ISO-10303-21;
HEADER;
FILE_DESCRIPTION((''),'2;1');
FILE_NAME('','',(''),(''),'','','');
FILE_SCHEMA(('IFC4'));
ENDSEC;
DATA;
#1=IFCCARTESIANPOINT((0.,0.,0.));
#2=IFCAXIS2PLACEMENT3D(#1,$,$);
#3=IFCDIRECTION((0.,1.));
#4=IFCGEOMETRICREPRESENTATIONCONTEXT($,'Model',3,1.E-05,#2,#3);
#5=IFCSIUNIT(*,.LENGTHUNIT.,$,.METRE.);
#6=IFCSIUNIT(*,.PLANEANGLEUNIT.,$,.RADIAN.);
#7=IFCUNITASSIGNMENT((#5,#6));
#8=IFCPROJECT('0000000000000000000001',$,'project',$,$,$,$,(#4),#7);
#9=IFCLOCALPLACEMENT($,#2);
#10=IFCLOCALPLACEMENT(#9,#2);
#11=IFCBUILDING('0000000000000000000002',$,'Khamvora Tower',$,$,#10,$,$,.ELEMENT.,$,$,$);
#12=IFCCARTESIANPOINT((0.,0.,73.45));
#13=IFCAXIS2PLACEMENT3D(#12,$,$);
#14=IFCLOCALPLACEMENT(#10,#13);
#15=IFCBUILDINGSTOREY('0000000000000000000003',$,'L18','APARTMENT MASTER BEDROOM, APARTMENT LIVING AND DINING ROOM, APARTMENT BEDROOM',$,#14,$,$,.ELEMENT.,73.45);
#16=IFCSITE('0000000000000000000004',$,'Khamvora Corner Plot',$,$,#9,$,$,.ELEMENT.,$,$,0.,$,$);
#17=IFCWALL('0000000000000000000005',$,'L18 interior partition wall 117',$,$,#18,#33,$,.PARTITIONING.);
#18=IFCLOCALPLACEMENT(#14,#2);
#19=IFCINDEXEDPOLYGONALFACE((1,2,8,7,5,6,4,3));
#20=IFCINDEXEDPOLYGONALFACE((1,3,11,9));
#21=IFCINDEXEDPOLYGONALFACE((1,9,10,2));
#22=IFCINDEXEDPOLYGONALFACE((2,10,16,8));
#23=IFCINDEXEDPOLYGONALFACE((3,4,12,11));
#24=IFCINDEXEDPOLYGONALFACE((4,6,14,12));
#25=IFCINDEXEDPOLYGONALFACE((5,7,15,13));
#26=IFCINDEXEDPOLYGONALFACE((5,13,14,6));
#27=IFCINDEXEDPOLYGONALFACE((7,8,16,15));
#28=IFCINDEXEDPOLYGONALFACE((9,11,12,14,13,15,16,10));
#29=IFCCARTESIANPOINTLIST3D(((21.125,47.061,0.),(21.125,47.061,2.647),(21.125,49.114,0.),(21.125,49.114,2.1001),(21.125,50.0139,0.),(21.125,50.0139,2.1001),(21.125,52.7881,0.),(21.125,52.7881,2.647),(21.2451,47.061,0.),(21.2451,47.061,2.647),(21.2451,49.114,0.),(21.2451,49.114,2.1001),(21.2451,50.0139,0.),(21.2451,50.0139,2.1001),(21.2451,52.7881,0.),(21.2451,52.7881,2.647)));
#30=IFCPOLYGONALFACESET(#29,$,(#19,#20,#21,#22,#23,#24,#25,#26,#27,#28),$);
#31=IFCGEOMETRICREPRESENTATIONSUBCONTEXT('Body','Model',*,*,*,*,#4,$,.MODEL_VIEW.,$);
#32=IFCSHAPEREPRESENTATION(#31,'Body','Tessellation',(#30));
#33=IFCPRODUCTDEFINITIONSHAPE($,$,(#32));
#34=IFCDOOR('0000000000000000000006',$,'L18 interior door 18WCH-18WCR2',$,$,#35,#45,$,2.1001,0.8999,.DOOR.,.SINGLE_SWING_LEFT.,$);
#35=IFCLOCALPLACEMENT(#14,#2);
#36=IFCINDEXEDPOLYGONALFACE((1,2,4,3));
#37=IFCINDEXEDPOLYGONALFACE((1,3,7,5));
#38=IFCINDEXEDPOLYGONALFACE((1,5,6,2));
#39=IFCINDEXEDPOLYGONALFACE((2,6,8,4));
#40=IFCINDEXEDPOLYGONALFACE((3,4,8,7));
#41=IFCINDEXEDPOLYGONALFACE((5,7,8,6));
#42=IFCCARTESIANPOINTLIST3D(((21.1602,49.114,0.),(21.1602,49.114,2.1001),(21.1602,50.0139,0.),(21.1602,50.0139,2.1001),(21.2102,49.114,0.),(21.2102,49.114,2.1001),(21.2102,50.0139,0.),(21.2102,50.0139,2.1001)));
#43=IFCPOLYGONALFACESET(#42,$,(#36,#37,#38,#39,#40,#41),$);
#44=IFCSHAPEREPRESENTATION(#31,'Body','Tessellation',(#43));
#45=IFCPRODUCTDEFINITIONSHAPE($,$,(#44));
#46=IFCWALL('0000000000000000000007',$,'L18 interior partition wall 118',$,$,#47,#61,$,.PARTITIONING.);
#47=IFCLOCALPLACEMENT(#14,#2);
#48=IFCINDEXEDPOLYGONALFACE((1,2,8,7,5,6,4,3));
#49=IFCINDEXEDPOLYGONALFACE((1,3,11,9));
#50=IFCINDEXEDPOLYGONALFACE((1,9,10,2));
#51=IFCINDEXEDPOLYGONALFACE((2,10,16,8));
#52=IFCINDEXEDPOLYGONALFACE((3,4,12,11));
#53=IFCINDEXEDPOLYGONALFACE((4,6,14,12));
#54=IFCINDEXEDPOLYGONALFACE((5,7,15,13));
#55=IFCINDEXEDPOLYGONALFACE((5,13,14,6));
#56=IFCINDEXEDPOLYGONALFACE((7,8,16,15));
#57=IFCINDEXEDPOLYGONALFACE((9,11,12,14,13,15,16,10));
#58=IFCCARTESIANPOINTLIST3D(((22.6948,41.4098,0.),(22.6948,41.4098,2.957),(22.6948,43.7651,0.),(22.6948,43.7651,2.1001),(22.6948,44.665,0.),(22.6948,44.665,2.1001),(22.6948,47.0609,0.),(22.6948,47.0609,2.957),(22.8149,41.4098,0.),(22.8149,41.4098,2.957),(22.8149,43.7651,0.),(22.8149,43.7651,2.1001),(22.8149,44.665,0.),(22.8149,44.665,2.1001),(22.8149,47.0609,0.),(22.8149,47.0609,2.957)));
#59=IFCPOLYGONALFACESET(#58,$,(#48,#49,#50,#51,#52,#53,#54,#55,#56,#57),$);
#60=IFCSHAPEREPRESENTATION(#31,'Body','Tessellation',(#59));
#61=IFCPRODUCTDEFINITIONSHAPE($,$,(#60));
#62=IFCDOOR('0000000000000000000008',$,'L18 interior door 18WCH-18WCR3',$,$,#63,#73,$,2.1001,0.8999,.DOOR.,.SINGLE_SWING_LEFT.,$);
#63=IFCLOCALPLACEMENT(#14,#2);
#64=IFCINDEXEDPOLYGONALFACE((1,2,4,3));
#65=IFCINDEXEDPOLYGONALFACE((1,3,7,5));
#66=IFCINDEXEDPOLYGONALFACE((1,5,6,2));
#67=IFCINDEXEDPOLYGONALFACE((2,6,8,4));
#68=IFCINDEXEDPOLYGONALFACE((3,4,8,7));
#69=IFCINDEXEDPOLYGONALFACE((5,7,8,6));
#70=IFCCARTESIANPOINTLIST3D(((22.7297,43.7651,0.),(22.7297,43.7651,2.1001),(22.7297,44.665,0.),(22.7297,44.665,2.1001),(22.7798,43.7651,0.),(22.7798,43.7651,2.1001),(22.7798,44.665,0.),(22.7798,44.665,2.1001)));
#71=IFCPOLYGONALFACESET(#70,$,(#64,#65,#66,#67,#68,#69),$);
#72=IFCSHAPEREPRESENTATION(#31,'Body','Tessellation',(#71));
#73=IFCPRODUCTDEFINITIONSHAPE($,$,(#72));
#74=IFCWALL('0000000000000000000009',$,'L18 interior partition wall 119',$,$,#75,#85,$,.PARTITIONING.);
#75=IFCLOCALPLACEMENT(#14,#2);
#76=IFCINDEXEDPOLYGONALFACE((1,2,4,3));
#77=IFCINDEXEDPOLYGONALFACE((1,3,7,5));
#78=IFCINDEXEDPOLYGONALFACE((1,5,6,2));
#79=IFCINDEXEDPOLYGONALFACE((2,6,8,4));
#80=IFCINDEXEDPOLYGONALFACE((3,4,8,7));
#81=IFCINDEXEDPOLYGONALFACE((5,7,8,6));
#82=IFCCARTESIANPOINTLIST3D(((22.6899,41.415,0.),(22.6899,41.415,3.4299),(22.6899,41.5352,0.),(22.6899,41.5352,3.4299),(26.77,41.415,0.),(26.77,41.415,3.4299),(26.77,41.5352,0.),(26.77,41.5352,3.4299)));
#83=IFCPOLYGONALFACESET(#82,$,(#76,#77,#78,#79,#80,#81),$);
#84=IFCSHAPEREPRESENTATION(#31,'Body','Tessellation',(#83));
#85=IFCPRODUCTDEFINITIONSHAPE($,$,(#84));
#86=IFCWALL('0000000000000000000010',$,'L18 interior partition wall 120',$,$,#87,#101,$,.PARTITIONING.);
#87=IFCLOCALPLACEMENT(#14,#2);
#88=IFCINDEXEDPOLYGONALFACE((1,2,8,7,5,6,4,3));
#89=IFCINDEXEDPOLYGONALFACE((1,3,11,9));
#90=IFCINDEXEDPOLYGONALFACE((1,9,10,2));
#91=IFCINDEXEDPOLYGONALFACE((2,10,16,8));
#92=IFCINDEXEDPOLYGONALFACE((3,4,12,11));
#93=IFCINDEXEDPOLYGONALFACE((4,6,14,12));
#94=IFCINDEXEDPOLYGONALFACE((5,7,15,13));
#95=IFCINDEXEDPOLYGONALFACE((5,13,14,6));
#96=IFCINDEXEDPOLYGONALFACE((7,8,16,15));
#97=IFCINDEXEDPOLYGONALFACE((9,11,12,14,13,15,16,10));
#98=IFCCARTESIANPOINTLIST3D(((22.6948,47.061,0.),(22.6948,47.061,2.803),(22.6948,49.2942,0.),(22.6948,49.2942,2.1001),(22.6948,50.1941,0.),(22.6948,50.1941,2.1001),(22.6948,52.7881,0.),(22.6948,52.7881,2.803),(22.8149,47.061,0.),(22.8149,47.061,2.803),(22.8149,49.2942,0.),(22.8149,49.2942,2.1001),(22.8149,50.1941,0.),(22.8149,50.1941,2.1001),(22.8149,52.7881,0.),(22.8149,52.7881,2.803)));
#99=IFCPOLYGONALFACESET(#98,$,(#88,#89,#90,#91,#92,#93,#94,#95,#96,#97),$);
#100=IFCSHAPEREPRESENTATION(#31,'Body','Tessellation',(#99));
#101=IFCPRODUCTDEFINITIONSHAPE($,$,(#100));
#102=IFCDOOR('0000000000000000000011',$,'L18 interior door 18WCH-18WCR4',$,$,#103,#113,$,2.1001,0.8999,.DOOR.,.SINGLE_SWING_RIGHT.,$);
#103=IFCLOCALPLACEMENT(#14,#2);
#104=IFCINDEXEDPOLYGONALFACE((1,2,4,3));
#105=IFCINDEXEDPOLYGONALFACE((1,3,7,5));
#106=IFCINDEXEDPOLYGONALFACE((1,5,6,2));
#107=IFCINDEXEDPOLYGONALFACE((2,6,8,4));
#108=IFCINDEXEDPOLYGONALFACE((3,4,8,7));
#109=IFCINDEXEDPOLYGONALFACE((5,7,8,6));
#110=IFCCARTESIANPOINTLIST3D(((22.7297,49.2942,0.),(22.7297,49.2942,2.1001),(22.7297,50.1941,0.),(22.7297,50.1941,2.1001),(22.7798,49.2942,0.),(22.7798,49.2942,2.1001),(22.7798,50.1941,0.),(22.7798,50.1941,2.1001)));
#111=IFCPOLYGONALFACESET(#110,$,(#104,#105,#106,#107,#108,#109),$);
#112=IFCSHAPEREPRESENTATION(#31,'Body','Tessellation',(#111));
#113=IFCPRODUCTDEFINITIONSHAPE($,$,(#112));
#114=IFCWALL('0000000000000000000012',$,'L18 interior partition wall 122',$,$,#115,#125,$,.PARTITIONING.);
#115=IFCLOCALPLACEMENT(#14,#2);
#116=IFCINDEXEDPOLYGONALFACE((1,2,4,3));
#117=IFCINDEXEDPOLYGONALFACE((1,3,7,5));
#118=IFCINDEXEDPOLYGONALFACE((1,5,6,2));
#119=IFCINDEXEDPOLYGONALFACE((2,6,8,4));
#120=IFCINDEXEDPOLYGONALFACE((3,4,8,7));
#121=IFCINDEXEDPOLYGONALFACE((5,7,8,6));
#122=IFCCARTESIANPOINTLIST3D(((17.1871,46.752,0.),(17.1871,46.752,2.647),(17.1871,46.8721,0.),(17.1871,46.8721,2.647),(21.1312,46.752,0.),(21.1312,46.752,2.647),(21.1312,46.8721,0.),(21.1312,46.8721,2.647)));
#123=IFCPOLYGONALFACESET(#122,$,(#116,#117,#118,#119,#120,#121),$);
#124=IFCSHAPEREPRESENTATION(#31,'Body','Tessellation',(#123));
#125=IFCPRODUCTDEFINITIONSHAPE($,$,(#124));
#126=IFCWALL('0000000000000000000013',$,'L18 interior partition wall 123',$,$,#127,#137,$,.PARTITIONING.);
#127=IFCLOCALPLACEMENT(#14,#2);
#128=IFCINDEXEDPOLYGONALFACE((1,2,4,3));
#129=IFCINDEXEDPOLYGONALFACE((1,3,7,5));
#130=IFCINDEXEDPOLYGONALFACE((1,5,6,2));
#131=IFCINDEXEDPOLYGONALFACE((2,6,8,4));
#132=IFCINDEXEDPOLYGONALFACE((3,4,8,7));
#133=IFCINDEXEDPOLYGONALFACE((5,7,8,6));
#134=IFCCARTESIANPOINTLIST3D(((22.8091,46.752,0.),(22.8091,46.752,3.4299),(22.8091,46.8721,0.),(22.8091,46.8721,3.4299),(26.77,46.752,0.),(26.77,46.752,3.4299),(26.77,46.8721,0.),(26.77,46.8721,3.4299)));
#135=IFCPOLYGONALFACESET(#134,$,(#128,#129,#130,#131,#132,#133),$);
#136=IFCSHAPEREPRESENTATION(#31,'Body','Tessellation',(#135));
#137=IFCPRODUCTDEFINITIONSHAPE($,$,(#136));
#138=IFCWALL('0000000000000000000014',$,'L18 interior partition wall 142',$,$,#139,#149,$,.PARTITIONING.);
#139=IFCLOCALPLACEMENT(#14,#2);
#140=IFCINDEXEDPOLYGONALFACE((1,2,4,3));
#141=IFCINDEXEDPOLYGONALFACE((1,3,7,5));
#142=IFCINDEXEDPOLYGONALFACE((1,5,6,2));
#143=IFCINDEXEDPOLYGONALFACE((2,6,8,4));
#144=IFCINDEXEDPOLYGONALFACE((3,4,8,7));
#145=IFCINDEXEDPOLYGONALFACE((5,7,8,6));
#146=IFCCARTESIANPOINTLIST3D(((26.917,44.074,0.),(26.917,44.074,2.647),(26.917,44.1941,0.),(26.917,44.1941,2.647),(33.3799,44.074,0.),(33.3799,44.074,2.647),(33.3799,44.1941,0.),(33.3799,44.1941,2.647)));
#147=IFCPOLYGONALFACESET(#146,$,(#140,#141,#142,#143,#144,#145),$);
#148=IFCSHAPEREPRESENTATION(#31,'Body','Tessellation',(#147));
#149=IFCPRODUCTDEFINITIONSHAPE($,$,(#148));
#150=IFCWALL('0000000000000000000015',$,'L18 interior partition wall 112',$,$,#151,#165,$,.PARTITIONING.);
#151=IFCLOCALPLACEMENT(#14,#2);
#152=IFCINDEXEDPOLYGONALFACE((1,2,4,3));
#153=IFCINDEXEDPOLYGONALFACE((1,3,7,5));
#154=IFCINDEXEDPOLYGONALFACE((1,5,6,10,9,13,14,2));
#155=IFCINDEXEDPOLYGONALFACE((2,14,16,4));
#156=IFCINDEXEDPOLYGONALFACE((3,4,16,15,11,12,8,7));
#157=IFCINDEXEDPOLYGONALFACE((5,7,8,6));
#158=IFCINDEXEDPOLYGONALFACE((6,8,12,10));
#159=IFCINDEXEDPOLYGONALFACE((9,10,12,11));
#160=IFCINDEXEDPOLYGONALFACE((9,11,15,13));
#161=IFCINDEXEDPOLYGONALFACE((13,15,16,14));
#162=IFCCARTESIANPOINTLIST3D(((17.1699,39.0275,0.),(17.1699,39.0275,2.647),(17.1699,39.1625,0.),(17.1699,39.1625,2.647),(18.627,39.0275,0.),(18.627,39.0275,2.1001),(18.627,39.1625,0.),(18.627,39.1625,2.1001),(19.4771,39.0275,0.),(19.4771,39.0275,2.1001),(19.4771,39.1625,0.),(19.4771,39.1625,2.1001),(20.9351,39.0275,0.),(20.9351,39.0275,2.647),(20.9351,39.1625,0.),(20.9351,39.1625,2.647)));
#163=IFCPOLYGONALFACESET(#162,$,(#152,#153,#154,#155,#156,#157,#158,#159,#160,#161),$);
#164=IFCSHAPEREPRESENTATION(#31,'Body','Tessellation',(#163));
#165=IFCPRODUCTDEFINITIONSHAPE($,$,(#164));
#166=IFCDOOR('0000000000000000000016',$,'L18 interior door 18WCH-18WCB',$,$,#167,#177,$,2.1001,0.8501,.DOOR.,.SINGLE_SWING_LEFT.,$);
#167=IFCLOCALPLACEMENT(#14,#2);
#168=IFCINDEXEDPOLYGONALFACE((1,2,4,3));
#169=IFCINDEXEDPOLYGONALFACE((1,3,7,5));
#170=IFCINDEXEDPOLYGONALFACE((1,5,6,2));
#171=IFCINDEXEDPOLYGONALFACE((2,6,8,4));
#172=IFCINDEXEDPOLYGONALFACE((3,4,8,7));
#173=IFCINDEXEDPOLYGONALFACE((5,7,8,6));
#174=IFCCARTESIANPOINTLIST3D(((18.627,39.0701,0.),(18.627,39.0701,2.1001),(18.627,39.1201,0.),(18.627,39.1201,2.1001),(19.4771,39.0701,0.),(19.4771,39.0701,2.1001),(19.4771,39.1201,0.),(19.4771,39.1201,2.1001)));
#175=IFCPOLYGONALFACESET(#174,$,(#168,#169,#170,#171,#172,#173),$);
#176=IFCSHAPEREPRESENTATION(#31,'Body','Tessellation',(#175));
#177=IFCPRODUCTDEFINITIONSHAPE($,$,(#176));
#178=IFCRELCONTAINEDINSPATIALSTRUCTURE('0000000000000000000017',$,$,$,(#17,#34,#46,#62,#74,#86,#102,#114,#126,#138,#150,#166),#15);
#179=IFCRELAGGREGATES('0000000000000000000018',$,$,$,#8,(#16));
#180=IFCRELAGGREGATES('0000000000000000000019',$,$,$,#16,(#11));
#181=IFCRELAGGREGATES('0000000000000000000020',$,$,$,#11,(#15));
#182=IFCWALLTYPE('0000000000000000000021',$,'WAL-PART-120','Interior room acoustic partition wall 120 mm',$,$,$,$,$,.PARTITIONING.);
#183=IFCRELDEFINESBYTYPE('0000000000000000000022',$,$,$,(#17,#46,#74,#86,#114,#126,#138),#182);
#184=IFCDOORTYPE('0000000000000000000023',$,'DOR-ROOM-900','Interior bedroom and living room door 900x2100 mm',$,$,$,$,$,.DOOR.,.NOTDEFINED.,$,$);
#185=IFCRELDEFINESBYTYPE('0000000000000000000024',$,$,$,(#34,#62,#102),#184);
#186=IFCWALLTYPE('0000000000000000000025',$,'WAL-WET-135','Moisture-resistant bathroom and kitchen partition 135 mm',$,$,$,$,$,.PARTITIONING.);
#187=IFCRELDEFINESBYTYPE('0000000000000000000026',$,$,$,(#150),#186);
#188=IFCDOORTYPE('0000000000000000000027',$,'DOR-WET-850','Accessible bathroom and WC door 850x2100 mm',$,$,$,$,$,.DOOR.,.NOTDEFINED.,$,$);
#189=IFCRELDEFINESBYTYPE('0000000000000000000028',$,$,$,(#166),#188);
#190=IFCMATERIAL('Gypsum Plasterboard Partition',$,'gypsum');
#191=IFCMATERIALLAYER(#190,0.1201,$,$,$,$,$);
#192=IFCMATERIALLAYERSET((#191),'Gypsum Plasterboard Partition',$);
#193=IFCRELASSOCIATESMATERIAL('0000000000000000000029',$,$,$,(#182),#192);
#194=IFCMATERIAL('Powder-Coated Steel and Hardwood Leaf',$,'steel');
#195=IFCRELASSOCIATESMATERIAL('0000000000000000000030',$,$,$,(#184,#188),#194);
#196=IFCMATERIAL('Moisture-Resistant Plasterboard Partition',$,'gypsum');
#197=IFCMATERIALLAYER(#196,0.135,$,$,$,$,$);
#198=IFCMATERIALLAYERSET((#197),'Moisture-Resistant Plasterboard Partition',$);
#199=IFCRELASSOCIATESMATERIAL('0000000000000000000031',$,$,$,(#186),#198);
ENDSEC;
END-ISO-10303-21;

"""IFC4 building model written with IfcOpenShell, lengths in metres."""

from ifc_helpers import new_model, si_unit, direction, frame, frame_2d, origin, place, context, subcontext, project, spatial, rectangle, extrude, material, layer, layer_set, type_object, element, fill, save


model = new_model("IFC4")

# Units and contexts
model_context = context("Model", 3, precision=1e-05, world=origin(), true_north=direction((0.0, 1.0)))
body_context = subcontext(model_context, "Body", "Model", "MODEL_VIEW")
ifc_project = project(units=[si_unit("LENGTHUNIT", "METRE"), si_unit("PLANEANGLEUNIT", "RADIAN")], contexts=[model_context])

# Site, building, storey
site_placement = place(None, origin())
site = spatial("IfcSite", under=ifc_project, at=site_placement, Name="Khamvora Corner Plot", CompositionType="ELEMENT", RefElevation=0.0)
building_placement = place(site_placement, origin())
building = spatial("IfcBuilding", under=site, at=building_placement, Name="Khamvora Tower", CompositionType="ELEMENT")
storey_placement = place(building_placement, frame((0.0, 0.0, 73.45)))
storey = spatial("IfcBuildingStorey", under=building, at=storey_placement, Name="L18", Description="APARTMENT MASTER BEDROOM, APARTMENT LIVING AND DINING ROOM, APARTMENT BEDROOM", CompositionType="ELEMENT", Elevation=73.45)

# Walls, openings, doors
ifc_material_1 = material(Name="Gypsum Plasterboard Partition", Category="gypsum")
ifc_layer_1 = layer(ifc_material_1, 0.1201)
ifc_layer_set_1 = layer_set([ifc_layer_1], Name="Gypsum Plasterboard Partition")
wall_type_1 = type_object("IfcWallType", Name="WAL-PART-120", Description="Interior room acoustic partition wall 120 mm", PredefinedType="PARTITIONING", material=ifc_layer_set_1)
ifc_material_2 = material(Name="Powder-Coated Steel and Hardwood Leaf", Category="steel")
door_type_1 = type_object("IfcDoorType", Name="DOR-ROOM-900", Description="Interior bedroom and living room door 900x2100 mm", OperationType="NOTDEFINED", PredefinedType="DOOR", material=ifc_material_2)
wall_1_placement = place(storey_placement, frame((21.1851, 47.061, 0.0), z_axis=(0.0, 0.0, 1.0), x_axis=(0.0, 1.0, 0.0)))
wall_1 = element("IfcWall", 1, at=wall_1_placement, inside=storey, type_object=wall_type_1, Name="L18 interior partition wall 117", PredefinedType="PARTITIONING", context=body_context, shape_type="SweptSolid", body=[
    extrude(rectangle(XDim=5.7271, YDim=0.1201, at=frame_2d((2.8635, 0.0))), origin(), (0.0, 0.0, 1.0), 2.647),
])
opening_1_placement = place(wall_1_placement, frame((2.053, 0.0, 0.0)))
opening_1 = element("IfcOpeningElement", 2, at=opening_1_placement, cuts=wall_1, PredefinedType="OPENING", context=body_context, shape_type="SweptSolid", body=[
    extrude(rectangle(XDim=0.8999, YDim=2.1001, at=frame_2d((0.45, 1.05))), frame((0.0, 0.0701, 0.0), z_axis=(0.0, -1.0, 0.0), x_axis=(1.0, 0.0, 0.0)), (0.0, 0.0, 1.0), 0.1401),
])
door_1_placement = place(opening_1_placement, origin())
door_1 = element("IfcDoor", 3, at=door_1_placement, inside=storey, type_object=door_type_1, Name="L18 interior door 18WCH-18WCR2", OperationType="SINGLE_SWING_LEFT", OverallHeight=2.1001, OverallWidth=0.8999, PredefinedType="DOOR", context=body_context, shape_type="SweptSolid", body=[
    extrude(rectangle(XDim=0.8999, YDim=2.1001, at=frame_2d((0.45, 1.05))), frame((0.0, 0.0249, 0.0), z_axis=(0.0, -1.0, 0.0), x_axis=(1.0, 0.0, 0.0)), (0.0, 0.0, 1.0), 0.05),
])
fill(opening_1, door_1)
wall_2_placement = place(storey_placement, frame((22.7549, 47.061, 0.0), z_axis=(0.0, 0.0, 1.0), x_axis=(0.0, -1.0, 0.0)))
wall_2 = element("IfcWall", 4, at=wall_2_placement, inside=storey, type_object=wall_type_1, Name="L18 interior partition wall 118", PredefinedType="PARTITIONING", context=body_context, shape_type="SweptSolid", body=[
    extrude(rectangle(XDim=5.6511, YDim=0.1201, at=frame_2d((2.8257, 0.0))), origin(), (0.0, 0.0, 1.0), 2.957),
])
opening_2_placement = place(wall_2_placement, frame((2.396, 0.0, 0.0)))
opening_2 = element("IfcOpeningElement", 5, at=opening_2_placement, cuts=wall_2, PredefinedType="OPENING", context=body_context, shape_type="SweptSolid", body=[
    extrude(rectangle(XDim=0.8999, YDim=2.1001, at=frame_2d((0.45, 1.05))), frame((0.0, 0.0701, 0.0), z_axis=(0.0, -1.0, 0.0), x_axis=(1.0, 0.0, 0.0)), (0.0, 0.0, 1.0), 0.1401),
])
door_2_placement = place(opening_2_placement, origin())
door_2 = element("IfcDoor", 6, at=door_2_placement, inside=storey, type_object=door_type_1, Name="L18 interior door 18WCH-18WCR3", OperationType="SINGLE_SWING_LEFT", OverallHeight=2.1001, OverallWidth=0.8999, PredefinedType="DOOR", context=body_context, shape_type="SweptSolid", body=[
    extrude(rectangle(XDim=0.8999, YDim=2.1001, at=frame_2d((0.45, 1.05))), frame((0.0, 0.0249, 0.0), z_axis=(0.0, -1.0, 0.0), x_axis=(1.0, 0.0, 0.0)), (0.0, 0.0, 1.0), 0.05),
])
fill(opening_2, door_2)

# Wall
wall_3_placement = place(storey_placement, frame((22.6899, 41.4751, 0.0), z_axis=(0.0, 0.0, 1.0), x_axis=(1.0, 0.0, 0.0)))
element("IfcWall", 7, at=wall_3_placement, inside=storey, type_object=wall_type_1, Name="L18 interior partition wall 119", PredefinedType="PARTITIONING", context=body_context, shape_type="SweptSolid", body=[
    extrude(rectangle(XDim=4.0801, YDim=0.1201, at=frame_2d((2.04, 0.0))), origin(), (0.0, 0.0, 1.0), 3.4299),
])

# Wall, opening, door
wall_4_placement = place(storey_placement, frame((22.7549, 52.7881, 0.0), z_axis=(0.0, 0.0, 1.0), x_axis=(0.0, -1.0, 0.0)))
wall_4 = element("IfcWall", 8, at=wall_4_placement, inside=storey, type_object=wall_type_1, Name="L18 interior partition wall 120", PredefinedType="PARTITIONING", context=body_context, shape_type="SweptSolid", body=[
    extrude(rectangle(XDim=5.7271, YDim=0.1201, at=frame_2d((2.8635, 0.0))), origin(), (0.0, 0.0, 1.0), 2.803),
])
opening_3_placement = place(wall_4_placement, frame((2.594, 0.0, 0.0)))
opening_3 = element("IfcOpeningElement", 9, at=opening_3_placement, cuts=wall_4, PredefinedType="OPENING", context=body_context, shape_type="SweptSolid", body=[
    extrude(rectangle(XDim=0.8999, YDim=2.1001, at=frame_2d((0.45, 1.05))), frame((0.0, 0.0701, 0.0), z_axis=(0.0, -1.0, 0.0), x_axis=(1.0, 0.0, 0.0)), (0.0, 0.0, 1.0), 0.1401),
])
door_3_placement = place(opening_3_placement, origin())
door_3 = element("IfcDoor", 10, at=door_3_placement, inside=storey, type_object=door_type_1, Name="L18 interior door 18WCH-18WCR4", OperationType="SINGLE_SWING_RIGHT", OverallHeight=2.1001, OverallWidth=0.8999, PredefinedType="DOOR", context=body_context, shape_type="SweptSolid", body=[
    extrude(rectangle(XDim=0.8999, YDim=2.1001, at=frame_2d((0.45, 1.05))), frame((0.0, 0.0249, 0.0), z_axis=(0.0, -1.0, 0.0), x_axis=(1.0, 0.0, 0.0)), (0.0, 0.0, 1.0), 0.05),
])
fill(opening_3, door_3)

# Walls
wall_5_placement = place(storey_placement, frame((17.187, 46.812, 0.0), z_axis=(0.0, 0.0, 1.0), x_axis=(1.0, 0.0, 0.0)))
element("IfcWall", 11, at=wall_5_placement, inside=storey, type_object=wall_type_1, Name="L18 interior partition wall 122", PredefinedType="PARTITIONING", context=body_context, shape_type="SweptSolid", body=[
    extrude(rectangle(XDim=3.9441, YDim=0.1201, at=frame_2d((1.9722, 0.0))), origin(), (0.0, 0.0, 1.0), 2.647),
])
wall_6_placement = place(storey_placement, frame((22.8091, 46.812, 0.0), z_axis=(0.0, 0.0, 1.0), x_axis=(1.0, 0.0, 0.0)))
element("IfcWall", 12, at=wall_6_placement, inside=storey, type_object=wall_type_1, Name="L18 interior partition wall 123", PredefinedType="PARTITIONING", context=body_context, shape_type="SweptSolid", body=[
    extrude(rectangle(XDim=3.9609, YDim=0.1201, at=frame_2d((1.9805, 0.0))), origin(), (0.0, 0.0, 1.0), 3.4299),
])
wall_7_placement = place(storey_placement, frame((26.917, 44.134, 0.0), z_axis=(0.0, 0.0, 1.0), x_axis=(1.0, 0.0, 0.0)))
element("IfcWall", 13, at=wall_7_placement, inside=storey, type_object=wall_type_1, Name="L18 interior partition wall 142", PredefinedType="PARTITIONING", context=body_context, shape_type="SweptSolid", body=[
    extrude(rectangle(XDim=6.4629, YDim=0.1201, at=frame_2d((3.2314, 0.0))), origin(), (0.0, 0.0, 1.0), 2.647),
])

# Wall, opening, door
ifc_material_3 = material(Name="Moisture-Resistant Plasterboard Partition", Category="gypsum")
ifc_layer_2 = layer(ifc_material_3, 0.135)
ifc_layer_set_2 = layer_set([ifc_layer_2], Name="Moisture-Resistant Plasterboard Partition")
wall_type_2 = type_object("IfcWallType", Name="WAL-WET-135", Description="Moisture-resistant bathroom and kitchen partition 135 mm", PredefinedType="PARTITIONING", material=ifc_layer_set_2)
wall_8_placement = place(storey_placement, frame((20.9351, 39.095, 0.0), z_axis=(0.0, 0.0, 1.0), x_axis=(-1.0, 0.0, 0.0)))
wall_8 = element("IfcWall", 14, at=wall_8_placement, inside=storey, type_object=wall_type_2, Name="L18 interior partition wall 112", PredefinedType="PARTITIONING", context=body_context, shape_type="SweptSolid", body=[
    extrude(rectangle(XDim=3.7651, YDim=0.135, at=frame_2d((1.8826, 0.0))), origin(), (0.0, 0.0, 1.0), 2.647),
])
opening_4_placement = place(wall_8_placement, frame((1.458, 0.0, 0.0)))
opening_4 = element("IfcOpeningElement", 15, at=opening_4_placement, cuts=wall_8, PredefinedType="OPENING", context=body_context, shape_type="SweptSolid", body=[
    extrude(rectangle(XDim=0.8501, YDim=2.1001, at=frame_2d((0.425, 1.05))), frame((0.0, 0.0774, 0.0), z_axis=(0.0, -1.0, 0.0), x_axis=(1.0, 0.0, 0.0)), (0.0, 0.0, 1.0), 0.155),
])
door_type_2 = type_object("IfcDoorType", Name="DOR-WET-850", Description="Accessible bathroom and WC door 850x2100 mm", OperationType="NOTDEFINED", PredefinedType="DOOR", material=ifc_material_2)
door_4_placement = place(opening_4_placement, origin())
door_4 = element("IfcDoor", 16, at=door_4_placement, inside=storey, type_object=door_type_2, Name="L18 interior door 18WCH-18WCB", OperationType="SINGLE_SWING_LEFT", OverallHeight=2.1001, OverallWidth=0.8501, PredefinedType="DOOR", context=body_context, shape_type="SweptSolid", body=[
    extrude(rectangle(XDim=0.8501, YDim=2.1001, at=frame_2d((0.425, 1.05))), frame((0.0, 0.0249, 0.0), z_axis=(0.0, -1.0, 0.0), x_axis=(1.0, 0.0, 0.0)), (0.0, 0.0, 1.0), 0.05),
])
fill(opening_4, door_4)

save(model, "model.ifc")
